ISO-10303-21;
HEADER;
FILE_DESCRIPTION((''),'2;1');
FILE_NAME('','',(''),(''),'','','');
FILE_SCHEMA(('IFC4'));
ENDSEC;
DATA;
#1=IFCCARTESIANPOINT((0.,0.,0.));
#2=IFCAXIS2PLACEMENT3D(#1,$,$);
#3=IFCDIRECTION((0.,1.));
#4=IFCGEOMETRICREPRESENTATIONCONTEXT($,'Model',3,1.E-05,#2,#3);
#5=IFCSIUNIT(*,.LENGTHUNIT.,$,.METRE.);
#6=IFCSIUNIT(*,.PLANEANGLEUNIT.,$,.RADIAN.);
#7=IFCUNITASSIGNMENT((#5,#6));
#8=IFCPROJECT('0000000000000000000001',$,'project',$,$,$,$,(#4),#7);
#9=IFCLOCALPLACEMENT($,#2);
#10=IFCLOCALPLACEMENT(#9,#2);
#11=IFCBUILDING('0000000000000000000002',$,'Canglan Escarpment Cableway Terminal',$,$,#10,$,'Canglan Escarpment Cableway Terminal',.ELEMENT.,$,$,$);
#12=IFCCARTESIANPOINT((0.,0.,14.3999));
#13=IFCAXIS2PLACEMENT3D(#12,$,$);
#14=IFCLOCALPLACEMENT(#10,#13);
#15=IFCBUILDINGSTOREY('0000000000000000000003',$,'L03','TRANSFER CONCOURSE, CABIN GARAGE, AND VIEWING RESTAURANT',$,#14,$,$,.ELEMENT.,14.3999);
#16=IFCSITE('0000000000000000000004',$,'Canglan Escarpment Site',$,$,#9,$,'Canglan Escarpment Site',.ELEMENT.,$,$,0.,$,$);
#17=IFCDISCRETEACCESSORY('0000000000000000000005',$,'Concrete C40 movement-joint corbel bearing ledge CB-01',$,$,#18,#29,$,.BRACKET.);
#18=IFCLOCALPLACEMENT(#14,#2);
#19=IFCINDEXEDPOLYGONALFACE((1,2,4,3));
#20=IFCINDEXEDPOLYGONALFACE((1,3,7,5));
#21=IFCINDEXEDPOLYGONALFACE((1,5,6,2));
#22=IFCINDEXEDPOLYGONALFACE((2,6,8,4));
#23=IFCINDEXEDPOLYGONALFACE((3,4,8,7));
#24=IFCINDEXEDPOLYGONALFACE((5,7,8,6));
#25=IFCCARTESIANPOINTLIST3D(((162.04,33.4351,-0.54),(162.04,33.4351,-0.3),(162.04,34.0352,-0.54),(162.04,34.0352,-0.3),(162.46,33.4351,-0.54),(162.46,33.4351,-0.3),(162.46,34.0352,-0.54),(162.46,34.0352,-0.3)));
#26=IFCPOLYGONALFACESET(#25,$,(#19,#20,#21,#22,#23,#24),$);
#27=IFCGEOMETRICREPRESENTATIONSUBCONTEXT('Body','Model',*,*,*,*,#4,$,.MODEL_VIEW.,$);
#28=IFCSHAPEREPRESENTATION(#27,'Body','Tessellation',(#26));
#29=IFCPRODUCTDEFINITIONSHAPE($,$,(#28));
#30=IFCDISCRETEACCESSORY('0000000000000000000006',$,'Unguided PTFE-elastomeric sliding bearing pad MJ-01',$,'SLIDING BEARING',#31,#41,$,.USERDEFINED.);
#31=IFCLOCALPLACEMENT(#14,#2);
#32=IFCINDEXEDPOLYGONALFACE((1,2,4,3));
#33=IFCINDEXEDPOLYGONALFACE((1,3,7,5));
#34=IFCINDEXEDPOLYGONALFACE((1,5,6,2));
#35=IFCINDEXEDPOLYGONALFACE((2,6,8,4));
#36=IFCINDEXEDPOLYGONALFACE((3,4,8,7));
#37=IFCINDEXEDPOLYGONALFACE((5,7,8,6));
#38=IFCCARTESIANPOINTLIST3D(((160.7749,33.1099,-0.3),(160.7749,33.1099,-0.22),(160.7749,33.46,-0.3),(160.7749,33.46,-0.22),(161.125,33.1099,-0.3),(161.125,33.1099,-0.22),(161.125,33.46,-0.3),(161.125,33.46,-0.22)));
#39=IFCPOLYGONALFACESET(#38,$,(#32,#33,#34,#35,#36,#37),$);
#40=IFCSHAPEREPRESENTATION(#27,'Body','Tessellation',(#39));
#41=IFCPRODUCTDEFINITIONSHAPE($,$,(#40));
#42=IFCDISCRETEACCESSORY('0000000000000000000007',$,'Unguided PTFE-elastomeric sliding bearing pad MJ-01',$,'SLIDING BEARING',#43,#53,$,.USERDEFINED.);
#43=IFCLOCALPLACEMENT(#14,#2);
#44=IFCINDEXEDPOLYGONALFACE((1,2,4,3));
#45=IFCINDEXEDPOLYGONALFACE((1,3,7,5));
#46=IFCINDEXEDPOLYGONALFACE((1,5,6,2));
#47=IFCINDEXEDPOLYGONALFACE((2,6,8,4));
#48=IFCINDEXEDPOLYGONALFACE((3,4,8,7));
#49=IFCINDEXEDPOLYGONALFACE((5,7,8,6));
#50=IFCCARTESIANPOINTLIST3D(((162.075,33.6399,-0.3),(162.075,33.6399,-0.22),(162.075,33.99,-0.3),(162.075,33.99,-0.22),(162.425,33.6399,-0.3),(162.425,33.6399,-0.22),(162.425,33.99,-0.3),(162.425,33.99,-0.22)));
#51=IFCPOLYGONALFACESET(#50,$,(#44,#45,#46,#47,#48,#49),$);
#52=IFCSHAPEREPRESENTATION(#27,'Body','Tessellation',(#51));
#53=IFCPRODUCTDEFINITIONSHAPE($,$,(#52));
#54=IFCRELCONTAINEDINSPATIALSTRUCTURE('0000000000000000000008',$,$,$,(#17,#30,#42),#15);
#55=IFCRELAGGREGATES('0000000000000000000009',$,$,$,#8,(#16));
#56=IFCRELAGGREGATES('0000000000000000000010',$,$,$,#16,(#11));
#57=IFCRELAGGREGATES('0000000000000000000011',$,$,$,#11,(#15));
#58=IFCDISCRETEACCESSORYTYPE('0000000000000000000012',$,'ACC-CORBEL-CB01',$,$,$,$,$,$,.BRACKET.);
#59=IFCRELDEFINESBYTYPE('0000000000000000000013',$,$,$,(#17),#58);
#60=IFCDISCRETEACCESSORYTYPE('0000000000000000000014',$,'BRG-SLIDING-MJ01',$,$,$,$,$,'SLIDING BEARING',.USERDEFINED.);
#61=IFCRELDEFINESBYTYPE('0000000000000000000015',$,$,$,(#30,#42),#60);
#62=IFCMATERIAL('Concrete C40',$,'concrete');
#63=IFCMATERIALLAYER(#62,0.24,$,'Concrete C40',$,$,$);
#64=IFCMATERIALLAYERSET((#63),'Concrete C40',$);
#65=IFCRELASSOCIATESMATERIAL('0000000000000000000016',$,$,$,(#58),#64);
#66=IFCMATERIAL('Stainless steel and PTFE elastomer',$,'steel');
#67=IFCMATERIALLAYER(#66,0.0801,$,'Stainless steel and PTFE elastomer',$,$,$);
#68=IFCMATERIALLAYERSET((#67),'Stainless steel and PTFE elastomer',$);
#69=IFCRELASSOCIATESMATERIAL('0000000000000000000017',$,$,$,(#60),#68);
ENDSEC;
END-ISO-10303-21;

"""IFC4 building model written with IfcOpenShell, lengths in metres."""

from ifc_helpers import new_model, si_unit, direction, frame, origin, origin_2d, place, context, subcontext, project, spatial, rectangle, extrude, material, layer, layer_set, type_object, element, save


model = new_model("IFC4")

# Units and contexts
model_context = context("Model", 3, precision=1e-05, world=origin(), true_north=direction((0.0, 1.0)))
body_context = subcontext(model_context, "Body", "Model", "MODEL_VIEW")
ifc_project = project(units=[si_unit("LENGTHUNIT", "METRE"), si_unit("PLANEANGLEUNIT", "RADIAN")], contexts=[model_context])

# Site, building, storey
site_placement = place(None, origin())
site = spatial("IfcSite", under=ifc_project, at=site_placement, Name="Canglan Escarpment Site", LongName="Canglan Escarpment Site", CompositionType="ELEMENT", RefElevation=0.0)
building_placement = place(site_placement, origin())
building = spatial("IfcBuilding", under=site, at=building_placement, Name="Canglan Escarpment Cableway Terminal", LongName="Canglan Escarpment Cableway Terminal", CompositionType="ELEMENT")
storey_placement = place(building_placement, frame((0.0, 0.0, 14.3999)))
storey = spatial("IfcBuildingStorey", under=building, at=storey_placement, Name="L03", Description="TRANSFER CONCOURSE, CABIN GARAGE, AND VIEWING RESTAURANT", CompositionType="ELEMENT", Elevation=14.3999)

# Shared definitions
ifc_material_1 = material(Name="Concrete C40", Category="concrete")

# Discrete accessories
ifc_layer_1 = layer(ifc_material_1, 0.24, Name="Concrete C40")
ifc_layer_set_1 = layer_set([ifc_layer_1], Name="Concrete C40")
discrete_accessory_type_1 = type_object("IfcDiscreteAccessoryType", Name="ACC-CORBEL-CB01", PredefinedType="BRACKET", material=ifc_layer_set_1)
for number, where, z_axis, x_axis, name in (
    (1, (162.25, 33.7351, -0.54), (0.0, 0.0, 1.0), (1.0, 0.0, 0.0), "Concrete C40 movement-joint corbel bearing ledge CB-01"),
):
    element("IfcDiscreteAccessory", number, at=place(storey_placement, frame(where, z_axis=z_axis, x_axis=x_axis)), inside=storey, type_object=discrete_accessory_type_1, Name=name, PredefinedType="BRACKET", context=body_context, shape_type="SweptSolid", body=[
        extrude(rectangle(XDim=0.4199, YDim=0.6001, at=origin_2d()), origin(), (0.0, 0.0, 1.0), 0.24),
    ])
ifc_material_2 = material(Name="Stainless steel and PTFE elastomer", Category="steel")
ifc_layer_2 = layer(ifc_material_2, 0.0801, Name="Stainless steel and PTFE elastomer")
ifc_layer_set_2 = layer_set([ifc_layer_2], Name="Stainless steel and PTFE elastomer")
discrete_accessory_type_2 = type_object("IfcDiscreteAccessoryType", Name="BRG-SLIDING-MJ01", ElementType="SLIDING BEARING", PredefinedType="USERDEFINED", material=ifc_layer_set_2)
for number, where, z_axis, x_axis, name in (
    (2, (160.95, 33.2849, -0.3), (0.0, 0.0, 1.0), (1.0, 0.0, 0.0), "Unguided PTFE-elastomeric sliding bearing pad MJ-01"),
    (3, (162.25, 33.8149, -0.3), (0.0, 0.0, 1.0), (1.0, 0.0, 0.0), "Unguided PTFE-elastomeric sliding bearing pad MJ-01"),
):
    element("IfcDiscreteAccessory", number, at=place(storey_placement, frame(where, z_axis=z_axis, x_axis=x_axis)), inside=storey, type_object=discrete_accessory_type_2, Name=name, ObjectType="SLIDING BEARING", PredefinedType="USERDEFINED", context=body_context, shape_type="SweptSolid", body=[
        extrude(rectangle(XDim=0.3501, YDim=0.3501, at=origin_2d()), origin(), (0.0, 0.0, 1.0), 0.0801),
    ])

save(model, "model.ifc")
